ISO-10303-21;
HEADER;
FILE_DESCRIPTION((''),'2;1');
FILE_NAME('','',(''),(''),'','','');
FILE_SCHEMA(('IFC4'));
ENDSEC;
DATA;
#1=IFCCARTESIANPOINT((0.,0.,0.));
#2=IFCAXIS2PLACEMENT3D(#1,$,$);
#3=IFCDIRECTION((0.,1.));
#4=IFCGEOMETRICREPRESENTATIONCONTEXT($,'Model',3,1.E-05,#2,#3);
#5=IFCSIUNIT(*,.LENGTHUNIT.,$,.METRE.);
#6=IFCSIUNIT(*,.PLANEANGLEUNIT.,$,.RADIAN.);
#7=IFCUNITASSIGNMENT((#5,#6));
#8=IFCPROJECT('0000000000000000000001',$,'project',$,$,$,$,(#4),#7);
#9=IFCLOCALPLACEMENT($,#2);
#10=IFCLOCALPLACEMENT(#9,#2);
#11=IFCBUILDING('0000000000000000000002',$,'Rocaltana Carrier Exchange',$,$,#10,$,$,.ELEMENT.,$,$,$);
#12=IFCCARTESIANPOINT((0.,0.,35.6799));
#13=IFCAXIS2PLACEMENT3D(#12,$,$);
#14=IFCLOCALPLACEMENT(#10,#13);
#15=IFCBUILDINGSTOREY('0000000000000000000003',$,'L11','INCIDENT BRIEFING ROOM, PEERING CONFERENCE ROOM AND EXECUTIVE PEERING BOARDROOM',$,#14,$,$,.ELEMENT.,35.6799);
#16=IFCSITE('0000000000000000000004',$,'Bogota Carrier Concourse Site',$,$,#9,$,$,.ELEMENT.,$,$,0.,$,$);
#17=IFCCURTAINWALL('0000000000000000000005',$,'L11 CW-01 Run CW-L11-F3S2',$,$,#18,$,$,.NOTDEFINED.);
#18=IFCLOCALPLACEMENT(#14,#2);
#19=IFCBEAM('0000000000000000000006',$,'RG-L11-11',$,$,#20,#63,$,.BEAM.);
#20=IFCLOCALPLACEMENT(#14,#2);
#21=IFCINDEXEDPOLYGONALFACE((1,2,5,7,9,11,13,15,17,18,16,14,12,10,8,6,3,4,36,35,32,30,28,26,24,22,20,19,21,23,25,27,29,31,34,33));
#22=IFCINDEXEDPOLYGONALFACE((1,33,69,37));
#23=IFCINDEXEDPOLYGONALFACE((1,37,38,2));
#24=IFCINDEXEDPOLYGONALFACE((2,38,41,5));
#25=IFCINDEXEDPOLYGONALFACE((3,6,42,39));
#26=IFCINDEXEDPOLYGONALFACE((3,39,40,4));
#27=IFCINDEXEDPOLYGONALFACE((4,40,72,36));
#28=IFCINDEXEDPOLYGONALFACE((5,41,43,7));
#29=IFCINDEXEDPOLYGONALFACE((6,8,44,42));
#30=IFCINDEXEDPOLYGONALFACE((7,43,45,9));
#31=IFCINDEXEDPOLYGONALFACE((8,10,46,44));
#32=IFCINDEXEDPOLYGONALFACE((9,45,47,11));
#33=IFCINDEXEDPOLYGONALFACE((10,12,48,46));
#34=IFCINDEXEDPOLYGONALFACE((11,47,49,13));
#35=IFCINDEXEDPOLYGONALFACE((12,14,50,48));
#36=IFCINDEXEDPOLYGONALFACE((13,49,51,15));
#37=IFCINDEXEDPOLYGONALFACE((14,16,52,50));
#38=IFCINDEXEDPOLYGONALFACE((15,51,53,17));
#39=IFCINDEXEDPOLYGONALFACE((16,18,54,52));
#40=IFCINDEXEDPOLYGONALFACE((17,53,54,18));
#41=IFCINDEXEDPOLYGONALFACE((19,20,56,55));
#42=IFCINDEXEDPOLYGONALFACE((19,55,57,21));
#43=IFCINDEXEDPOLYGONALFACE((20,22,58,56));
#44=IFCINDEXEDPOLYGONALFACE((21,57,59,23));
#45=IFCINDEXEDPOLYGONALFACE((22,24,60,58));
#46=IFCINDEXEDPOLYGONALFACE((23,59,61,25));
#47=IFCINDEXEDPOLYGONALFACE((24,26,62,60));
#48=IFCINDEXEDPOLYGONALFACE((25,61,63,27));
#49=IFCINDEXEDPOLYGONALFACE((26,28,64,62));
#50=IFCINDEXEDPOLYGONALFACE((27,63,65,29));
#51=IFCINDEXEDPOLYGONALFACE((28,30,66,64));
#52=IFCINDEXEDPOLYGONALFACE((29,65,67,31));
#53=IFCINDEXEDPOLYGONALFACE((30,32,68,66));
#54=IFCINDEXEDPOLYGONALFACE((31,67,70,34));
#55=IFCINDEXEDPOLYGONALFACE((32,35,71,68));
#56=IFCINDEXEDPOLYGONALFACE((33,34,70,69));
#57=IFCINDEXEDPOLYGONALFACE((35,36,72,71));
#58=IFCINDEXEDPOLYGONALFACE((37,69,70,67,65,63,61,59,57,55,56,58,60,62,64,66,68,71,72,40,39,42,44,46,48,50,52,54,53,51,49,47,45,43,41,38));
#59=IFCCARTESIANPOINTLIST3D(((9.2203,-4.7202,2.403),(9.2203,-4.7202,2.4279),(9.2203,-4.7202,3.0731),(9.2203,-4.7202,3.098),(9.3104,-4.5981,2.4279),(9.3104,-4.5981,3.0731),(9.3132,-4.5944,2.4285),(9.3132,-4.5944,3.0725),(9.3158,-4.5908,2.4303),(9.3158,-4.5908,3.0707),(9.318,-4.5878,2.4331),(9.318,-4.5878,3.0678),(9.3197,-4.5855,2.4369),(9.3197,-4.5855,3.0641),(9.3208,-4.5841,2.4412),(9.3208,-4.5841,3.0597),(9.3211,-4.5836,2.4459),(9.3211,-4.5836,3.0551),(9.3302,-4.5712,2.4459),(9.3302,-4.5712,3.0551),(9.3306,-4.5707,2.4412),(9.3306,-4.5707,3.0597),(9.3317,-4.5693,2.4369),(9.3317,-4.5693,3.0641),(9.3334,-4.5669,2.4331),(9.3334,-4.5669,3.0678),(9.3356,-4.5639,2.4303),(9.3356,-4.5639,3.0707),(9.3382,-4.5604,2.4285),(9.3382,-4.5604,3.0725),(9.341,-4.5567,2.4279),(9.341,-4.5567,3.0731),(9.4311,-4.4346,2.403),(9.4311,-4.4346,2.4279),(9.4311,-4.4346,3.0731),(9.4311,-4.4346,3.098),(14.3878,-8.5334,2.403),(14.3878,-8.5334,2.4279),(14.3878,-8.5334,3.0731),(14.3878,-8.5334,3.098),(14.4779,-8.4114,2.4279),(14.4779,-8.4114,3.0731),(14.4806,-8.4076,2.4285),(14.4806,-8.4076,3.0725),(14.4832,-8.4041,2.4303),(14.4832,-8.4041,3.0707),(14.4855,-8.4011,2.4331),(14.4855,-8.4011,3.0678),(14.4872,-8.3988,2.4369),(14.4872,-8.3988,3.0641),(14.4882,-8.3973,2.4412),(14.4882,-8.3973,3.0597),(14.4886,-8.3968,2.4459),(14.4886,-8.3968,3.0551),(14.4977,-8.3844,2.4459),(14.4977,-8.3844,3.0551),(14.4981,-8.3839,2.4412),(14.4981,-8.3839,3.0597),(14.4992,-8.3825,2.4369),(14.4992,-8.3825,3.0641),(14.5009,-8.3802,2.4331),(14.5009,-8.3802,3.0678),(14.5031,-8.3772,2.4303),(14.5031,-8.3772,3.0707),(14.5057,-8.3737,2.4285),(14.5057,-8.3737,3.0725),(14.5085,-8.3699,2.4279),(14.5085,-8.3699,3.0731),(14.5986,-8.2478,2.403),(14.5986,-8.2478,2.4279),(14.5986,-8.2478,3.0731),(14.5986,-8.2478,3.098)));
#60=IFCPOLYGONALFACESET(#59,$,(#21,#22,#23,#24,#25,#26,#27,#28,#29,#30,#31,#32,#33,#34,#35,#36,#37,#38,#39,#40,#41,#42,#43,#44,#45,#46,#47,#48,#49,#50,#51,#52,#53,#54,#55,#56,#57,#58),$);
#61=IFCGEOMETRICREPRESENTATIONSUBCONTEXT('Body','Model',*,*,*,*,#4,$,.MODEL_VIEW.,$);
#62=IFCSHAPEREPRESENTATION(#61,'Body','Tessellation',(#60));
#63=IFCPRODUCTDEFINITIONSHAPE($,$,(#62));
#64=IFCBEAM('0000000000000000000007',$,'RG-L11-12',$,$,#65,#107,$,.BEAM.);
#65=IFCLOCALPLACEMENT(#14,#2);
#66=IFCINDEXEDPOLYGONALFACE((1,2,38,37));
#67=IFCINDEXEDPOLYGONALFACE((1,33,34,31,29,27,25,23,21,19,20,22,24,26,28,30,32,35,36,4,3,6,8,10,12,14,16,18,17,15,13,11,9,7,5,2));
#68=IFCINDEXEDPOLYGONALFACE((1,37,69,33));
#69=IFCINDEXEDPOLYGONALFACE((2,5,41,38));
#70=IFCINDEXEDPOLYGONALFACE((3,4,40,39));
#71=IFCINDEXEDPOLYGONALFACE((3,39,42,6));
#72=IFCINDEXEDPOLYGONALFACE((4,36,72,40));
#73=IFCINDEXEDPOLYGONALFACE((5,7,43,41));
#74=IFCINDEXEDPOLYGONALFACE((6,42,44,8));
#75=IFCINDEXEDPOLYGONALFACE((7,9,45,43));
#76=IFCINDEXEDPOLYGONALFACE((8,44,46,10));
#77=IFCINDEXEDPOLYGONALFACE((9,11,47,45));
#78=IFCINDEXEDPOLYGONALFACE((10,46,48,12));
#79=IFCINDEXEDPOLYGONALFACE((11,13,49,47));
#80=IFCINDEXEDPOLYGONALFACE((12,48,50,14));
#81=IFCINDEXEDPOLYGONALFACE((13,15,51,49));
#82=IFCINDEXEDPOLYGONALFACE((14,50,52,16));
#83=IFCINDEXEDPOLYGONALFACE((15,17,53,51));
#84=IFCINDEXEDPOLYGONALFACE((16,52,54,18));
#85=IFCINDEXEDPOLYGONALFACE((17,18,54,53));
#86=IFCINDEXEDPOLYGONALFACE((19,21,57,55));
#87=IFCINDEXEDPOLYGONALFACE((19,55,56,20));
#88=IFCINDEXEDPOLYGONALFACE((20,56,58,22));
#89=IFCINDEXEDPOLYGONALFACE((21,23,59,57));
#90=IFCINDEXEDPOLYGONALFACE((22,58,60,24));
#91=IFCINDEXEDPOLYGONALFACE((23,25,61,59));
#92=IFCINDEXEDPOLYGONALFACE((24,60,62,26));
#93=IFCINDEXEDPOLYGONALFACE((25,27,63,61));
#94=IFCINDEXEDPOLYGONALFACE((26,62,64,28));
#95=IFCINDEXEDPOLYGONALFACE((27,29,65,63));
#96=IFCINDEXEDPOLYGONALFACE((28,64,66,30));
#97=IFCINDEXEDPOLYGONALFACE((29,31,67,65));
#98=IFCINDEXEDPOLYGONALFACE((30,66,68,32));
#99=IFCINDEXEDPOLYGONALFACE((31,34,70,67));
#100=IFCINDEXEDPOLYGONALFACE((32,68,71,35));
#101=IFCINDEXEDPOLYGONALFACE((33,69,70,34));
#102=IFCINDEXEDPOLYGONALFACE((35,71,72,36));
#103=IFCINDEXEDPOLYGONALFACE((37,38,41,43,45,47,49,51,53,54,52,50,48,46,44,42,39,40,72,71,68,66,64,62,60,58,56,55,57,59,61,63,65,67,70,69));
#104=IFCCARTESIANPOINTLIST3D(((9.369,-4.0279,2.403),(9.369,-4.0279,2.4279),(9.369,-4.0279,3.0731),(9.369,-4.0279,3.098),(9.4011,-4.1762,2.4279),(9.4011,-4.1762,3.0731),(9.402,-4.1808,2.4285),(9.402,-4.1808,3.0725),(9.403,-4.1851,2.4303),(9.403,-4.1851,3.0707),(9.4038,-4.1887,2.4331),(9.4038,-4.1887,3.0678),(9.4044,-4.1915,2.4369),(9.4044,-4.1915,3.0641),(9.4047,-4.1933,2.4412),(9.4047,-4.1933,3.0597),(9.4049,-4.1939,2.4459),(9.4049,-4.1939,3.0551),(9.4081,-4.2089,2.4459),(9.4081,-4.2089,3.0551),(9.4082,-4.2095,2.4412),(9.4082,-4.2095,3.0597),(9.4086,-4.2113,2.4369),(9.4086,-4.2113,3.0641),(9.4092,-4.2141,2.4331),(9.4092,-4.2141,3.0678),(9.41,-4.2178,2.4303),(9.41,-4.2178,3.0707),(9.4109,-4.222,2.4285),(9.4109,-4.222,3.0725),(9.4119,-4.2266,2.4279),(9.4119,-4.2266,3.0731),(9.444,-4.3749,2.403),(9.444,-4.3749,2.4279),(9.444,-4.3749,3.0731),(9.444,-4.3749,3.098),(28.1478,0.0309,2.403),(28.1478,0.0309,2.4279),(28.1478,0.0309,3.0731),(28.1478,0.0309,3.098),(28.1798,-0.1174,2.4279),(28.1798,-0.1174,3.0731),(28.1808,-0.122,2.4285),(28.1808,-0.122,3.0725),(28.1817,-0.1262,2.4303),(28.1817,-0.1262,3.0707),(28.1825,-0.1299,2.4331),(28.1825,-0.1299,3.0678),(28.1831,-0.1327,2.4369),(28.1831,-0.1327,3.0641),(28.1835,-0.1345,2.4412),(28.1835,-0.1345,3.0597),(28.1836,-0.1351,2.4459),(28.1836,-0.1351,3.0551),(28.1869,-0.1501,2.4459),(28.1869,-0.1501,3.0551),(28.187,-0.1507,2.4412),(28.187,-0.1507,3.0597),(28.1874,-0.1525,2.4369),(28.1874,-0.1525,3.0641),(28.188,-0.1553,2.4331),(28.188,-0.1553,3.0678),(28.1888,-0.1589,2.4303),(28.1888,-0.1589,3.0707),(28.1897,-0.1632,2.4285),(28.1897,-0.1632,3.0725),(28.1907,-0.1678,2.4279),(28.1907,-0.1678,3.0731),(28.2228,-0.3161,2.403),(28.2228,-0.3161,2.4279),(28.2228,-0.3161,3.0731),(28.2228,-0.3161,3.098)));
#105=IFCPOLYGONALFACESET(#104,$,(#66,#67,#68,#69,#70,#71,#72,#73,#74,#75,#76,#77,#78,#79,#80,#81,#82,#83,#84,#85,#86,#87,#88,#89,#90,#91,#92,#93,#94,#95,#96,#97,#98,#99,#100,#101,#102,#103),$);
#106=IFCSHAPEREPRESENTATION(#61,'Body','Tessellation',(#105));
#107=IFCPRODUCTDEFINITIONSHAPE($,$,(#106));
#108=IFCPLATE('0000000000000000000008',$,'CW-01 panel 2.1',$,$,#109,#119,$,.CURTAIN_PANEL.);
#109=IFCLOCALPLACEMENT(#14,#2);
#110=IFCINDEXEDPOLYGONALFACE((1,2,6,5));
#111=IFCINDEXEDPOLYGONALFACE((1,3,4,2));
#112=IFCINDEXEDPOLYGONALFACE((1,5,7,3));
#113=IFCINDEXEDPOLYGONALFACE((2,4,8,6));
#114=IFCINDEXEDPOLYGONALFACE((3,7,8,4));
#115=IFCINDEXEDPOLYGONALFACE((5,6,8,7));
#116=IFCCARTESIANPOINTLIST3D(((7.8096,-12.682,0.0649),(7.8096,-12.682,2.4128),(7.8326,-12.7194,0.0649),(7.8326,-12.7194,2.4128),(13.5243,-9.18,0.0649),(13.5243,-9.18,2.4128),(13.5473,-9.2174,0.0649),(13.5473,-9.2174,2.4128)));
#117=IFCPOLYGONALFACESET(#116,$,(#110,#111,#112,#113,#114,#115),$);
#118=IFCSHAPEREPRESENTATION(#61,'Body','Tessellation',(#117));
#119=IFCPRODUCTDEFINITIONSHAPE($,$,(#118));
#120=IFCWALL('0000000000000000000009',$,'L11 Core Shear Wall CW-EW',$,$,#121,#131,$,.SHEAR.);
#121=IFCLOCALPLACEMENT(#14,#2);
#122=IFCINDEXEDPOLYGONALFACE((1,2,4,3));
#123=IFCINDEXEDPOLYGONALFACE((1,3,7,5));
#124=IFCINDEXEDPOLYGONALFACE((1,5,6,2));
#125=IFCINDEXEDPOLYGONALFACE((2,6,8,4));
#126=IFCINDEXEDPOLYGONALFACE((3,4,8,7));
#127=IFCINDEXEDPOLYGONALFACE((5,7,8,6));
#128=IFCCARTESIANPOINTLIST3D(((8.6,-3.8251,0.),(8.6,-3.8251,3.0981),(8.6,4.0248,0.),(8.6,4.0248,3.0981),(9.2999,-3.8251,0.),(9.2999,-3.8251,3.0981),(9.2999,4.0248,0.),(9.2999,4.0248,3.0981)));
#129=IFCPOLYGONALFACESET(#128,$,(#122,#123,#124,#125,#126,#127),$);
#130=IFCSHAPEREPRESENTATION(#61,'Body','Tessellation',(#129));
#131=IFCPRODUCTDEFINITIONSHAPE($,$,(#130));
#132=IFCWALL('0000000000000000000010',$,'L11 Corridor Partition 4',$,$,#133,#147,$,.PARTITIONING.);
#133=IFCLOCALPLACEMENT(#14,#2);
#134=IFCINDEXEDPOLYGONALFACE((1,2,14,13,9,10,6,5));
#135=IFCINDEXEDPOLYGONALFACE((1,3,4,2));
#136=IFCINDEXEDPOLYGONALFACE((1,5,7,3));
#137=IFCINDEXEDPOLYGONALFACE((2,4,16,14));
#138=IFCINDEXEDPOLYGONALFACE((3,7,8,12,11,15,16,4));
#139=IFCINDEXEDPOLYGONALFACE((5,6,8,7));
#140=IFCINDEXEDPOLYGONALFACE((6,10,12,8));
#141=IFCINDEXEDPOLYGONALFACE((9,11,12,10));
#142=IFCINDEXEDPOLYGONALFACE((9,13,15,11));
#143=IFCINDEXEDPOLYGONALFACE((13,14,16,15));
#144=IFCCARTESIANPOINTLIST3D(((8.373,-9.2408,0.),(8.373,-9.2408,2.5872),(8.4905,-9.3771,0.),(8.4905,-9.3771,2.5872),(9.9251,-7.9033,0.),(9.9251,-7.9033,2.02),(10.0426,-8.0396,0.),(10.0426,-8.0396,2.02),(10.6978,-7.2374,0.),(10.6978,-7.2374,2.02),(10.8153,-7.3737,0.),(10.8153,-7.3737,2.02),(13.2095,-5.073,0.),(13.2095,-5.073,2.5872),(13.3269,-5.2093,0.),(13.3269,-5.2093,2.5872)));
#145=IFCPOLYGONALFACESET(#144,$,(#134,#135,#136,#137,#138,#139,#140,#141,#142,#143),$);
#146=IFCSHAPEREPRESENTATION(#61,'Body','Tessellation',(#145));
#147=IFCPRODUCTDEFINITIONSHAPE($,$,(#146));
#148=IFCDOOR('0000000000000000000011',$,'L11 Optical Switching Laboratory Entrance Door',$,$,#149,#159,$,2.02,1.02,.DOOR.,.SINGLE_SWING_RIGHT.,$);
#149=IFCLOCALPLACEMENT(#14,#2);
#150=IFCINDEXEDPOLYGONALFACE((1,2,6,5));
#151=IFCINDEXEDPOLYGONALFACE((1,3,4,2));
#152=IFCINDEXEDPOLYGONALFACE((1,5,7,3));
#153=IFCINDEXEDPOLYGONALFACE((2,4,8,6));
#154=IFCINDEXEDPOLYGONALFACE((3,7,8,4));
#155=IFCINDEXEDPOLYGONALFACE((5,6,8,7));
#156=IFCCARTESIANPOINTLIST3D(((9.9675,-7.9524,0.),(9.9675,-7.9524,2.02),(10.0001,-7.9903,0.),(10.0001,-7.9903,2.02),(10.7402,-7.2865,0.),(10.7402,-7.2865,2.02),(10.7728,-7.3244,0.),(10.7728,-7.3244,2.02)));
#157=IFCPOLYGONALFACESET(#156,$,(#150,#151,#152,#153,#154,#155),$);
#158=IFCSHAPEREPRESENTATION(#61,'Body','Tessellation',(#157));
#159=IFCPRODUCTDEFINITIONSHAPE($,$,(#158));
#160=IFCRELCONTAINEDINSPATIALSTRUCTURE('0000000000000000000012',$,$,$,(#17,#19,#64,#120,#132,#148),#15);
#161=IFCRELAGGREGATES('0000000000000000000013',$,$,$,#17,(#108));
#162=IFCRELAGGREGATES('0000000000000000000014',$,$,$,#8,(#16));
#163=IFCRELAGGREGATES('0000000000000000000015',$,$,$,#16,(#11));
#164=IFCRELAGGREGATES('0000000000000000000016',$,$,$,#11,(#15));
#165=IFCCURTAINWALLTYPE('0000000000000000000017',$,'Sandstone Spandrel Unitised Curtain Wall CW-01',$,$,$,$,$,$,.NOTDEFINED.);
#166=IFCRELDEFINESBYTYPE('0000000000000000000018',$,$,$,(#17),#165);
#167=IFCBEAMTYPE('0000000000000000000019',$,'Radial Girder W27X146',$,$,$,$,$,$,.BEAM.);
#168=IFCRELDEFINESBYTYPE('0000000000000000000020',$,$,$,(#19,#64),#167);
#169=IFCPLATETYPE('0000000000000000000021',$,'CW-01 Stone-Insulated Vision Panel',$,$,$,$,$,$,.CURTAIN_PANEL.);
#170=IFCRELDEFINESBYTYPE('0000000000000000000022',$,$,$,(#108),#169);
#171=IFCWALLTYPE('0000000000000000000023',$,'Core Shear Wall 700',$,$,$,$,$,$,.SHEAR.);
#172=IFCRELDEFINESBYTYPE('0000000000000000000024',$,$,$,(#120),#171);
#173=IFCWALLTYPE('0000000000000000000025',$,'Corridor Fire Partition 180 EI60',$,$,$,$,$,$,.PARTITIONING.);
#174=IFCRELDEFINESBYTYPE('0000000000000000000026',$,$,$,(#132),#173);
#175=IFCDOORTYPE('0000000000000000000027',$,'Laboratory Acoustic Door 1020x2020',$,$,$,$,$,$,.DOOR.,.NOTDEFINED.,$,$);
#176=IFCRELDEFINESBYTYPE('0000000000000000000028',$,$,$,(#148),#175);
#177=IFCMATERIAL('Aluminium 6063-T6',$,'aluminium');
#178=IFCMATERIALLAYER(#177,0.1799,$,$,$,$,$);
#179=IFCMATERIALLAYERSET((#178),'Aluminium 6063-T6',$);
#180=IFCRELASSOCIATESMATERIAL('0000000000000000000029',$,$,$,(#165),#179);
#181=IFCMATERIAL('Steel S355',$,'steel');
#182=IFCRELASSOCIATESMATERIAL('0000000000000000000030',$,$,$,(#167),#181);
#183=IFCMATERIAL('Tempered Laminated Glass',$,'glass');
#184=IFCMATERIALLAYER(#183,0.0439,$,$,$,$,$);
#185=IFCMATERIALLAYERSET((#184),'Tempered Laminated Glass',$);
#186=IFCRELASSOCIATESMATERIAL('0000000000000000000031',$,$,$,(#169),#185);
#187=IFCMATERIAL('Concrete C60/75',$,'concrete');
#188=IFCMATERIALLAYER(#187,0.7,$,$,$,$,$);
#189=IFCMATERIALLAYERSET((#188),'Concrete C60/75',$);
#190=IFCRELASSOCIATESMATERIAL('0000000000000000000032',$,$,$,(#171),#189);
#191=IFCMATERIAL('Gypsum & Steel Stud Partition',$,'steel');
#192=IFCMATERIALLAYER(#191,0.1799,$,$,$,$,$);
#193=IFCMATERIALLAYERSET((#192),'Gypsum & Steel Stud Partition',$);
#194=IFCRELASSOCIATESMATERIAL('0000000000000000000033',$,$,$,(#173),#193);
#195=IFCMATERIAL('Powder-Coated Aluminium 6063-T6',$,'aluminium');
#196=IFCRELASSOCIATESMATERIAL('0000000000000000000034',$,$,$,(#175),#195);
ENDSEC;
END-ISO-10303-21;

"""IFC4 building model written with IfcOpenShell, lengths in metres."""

from ifc_helpers import new_model, si_unit, direction, frame, frame_2d, origin, origin_2d, place, context, subcontext, project, spatial, rectangle, i_section, extrude, material, layer, layer_set, material_profile, profile_set, type_object, element, fill, aggregate, save


model = new_model("IFC4")

# Units and contexts
model_context = context("Model", 3, precision=1e-05, world=origin(), true_north=direction((0.0, 1.0)))
body_context = subcontext(model_context, "Body", "Model", "MODEL_VIEW")
ifc_project = project(units=[si_unit("LENGTHUNIT", "METRE"), si_unit("PLANEANGLEUNIT", "RADIAN")], contexts=[model_context])

# Site, building, storey
site_placement = place(None, origin())
site = spatial("IfcSite", under=ifc_project, at=site_placement, Name="Bogota Carrier Concourse Site", CompositionType="ELEMENT", RefElevation=0.0)
building_placement = place(site_placement, origin())
building = spatial("IfcBuilding", under=site, at=building_placement, Name="Rocaltana Carrier Exchange", CompositionType="ELEMENT")
storey_placement = place(building_placement, frame((0.0, 0.0, 35.6799)))
storey = spatial("IfcBuildingStorey", under=building, at=storey_placement, Name="L11", Description="INCIDENT BRIEFING ROOM, PEERING CONFERENCE ROOM AND EXECUTIVE PEERING BOARDROOM", CompositionType="ELEMENT", Elevation=35.6799)

# Curtain wall
ifc_material_1 = material(Name="Aluminium 6063-T6", Category="aluminium")
ifc_layer_1 = layer(ifc_material_1, 0.1799)
ifc_layer_set_1 = layer_set([ifc_layer_1], Name="Aluminium 6063-T6")
curtain_wall_type = type_object("IfcCurtainWallType", Name="Sandstone Spandrel Unitised Curtain Wall CW-01", PredefinedType="NOTDEFINED", material=ifc_layer_set_1)
curtain_wall_placement = place(storey_placement, origin())
curtain_wall = element("IfcCurtainWall", 1, at=curtain_wall_placement, inside=storey, type_object=curtain_wall_type, Name="L11 CW-01 Run CW-L11-F3S2", PredefinedType="NOTDEFINED")

# Beams
ifc_material_2 = material(Name="Steel S355", Category="steel")
ifc_material_profile_1 = material_profile(ifc_material_2, i_section(OverallWidth=0.355, OverallDepth=0.6951, WebThickness=0.0154, FlangeThickness=0.0249, FilletRadius=0.0181, at=origin_2d()), Name="W27X146")
ifc_profile_set_1 = profile_set([ifc_material_profile_1], Name="Steel S355")
beam_type_1 = type_object("IfcBeamType", Name="Radial Girder W27X146", PredefinedType="BEAM", material=ifc_profile_set_1)
beam_1_placement = place(storey_placement, frame((9.3257, -4.5774, 2.7505), z_axis=(0.804638, -0.593766, 0.0), x_axis=(0.593766, 0.804638, 0.0)))
element("IfcBeam", 2, at=beam_1_placement, inside=storey, type_object=beam_type_1, Name="RG-L11-11", PredefinedType="BEAM", context=body_context, shape_type="SweptSolid", body=[
    extrude(i_section(OverallWidth=0.355, OverallDepth=0.6951, WebThickness=0.0154, FlangeThickness=0.0249, FilletRadius=0.0181, at=origin_2d()), origin(), (0.0, 0.0, 1.0), 6.4221),
])
beam_2_placement = place(storey_placement, frame((9.4065, -4.2014, 2.7505), z_axis=(0.97743, 0.211261, 0.0), x_axis=(-0.211261, 0.97743, 0.0)))
element("IfcBeam", 3, at=beam_2_placement, inside=storey, type_object=beam_type_1, Name="RG-L11-12", PredefinedType="BEAM", context=body_context, shape_type="SweptSolid", body=[
    extrude(i_section(OverallWidth=0.355, OverallDepth=0.6951, WebThickness=0.0154, FlangeThickness=0.0249, FilletRadius=0.0181, at=origin_2d()), origin(), (0.0, 0.0, 1.0), 19.2124),
])

# Plate
ifc_material_3 = material(Name="Tempered Laminated Glass", Category="glass")
ifc_layer_2 = layer(ifc_material_3, 0.0439)
ifc_layer_set_2 = layer_set([ifc_layer_2], Name="Tempered Laminated Glass")
plate_type = type_object("IfcPlateType", Name="CW-01 Stone-Insulated Vision Panel", PredefinedType="CURTAIN_PANEL", material=ifc_layer_set_2)
plate_placement = place(storey_placement, frame((10.6785, -10.9497, 0.0649), z_axis=(0.0, 0.0, 1.0), x_axis=(0.852639, 0.5225, 0.0)))
plate = element("IfcPlate", 4, at=plate_placement, type_object=plate_type, Name="CW-01 panel 2.1", PredefinedType="CURTAIN_PANEL", context=body_context, shape_type="SweptSolid", body=[
    extrude(rectangle(XDim=6.7024, YDim=0.0439, at=origin_2d()), origin(), (0.0, 0.0, 1.0), 2.3479),
])
aggregate(curtain_wall, [plate])

# Wall
ifc_material_4 = material(Name="Concrete C60/75", Category="concrete")
ifc_layer_3 = layer(ifc_material_4, 0.7)
ifc_layer_set_3 = layer_set([ifc_layer_3], Name="Concrete C60/75")
wall_type_1 = type_object("IfcWallType", Name="Core Shear Wall 700", PredefinedType="SHEAR", material=ifc_layer_set_3)
wall_1_placement = place(storey_placement, frame((8.95, -3.825, 0.0), z_axis=(0.0, 0.0, 1.0), x_axis=(0.0, 1.0, 0.0)))
element("IfcWall", 5, at=wall_1_placement, inside=storey, type_object=wall_type_1, Name="L11 Core Shear Wall CW-EW", PredefinedType="SHEAR", context=body_context, shape_type="SweptSolid", body=[
    extrude(rectangle(XDim=7.8499, YDim=0.7, at=frame_2d((3.9248, 0.0))), origin(), (0.0, 0.0, 1.0), 3.0981),
])

# Wall, opening, door
ifc_material_5 = material(Name="Gypsum & Steel Stud Partition", Category="steel")
ifc_layer_4 = layer(ifc_material_5, 0.1799)
ifc_layer_set_4 = layer_set([ifc_layer_4], Name="Gypsum & Steel Stud Partition")
wall_type_2 = type_object("IfcWallType", Name="Corridor Fire Partition 180 EI60", PredefinedType="PARTITIONING", material=ifc_layer_set_4)
wall_2_placement = place(storey_placement, frame((13.2683, -5.1411, 0.0), z_axis=(0.0, 0.0, 1.0), x_axis=(-0.757535, -0.652795, 0.0)))
wall_2 = element("IfcWall", 6, at=wall_2_placement, inside=storey, type_object=wall_type_2, Name="L11 Corridor Partition 4", PredefinedType="PARTITIONING", context=body_context, shape_type="SweptSolid", body=[
    extrude(rectangle(XDim=6.3845, YDim=0.1799, at=frame_2d((3.1924, 0.0))), origin(), (0.0, 0.0, 1.0), 2.5872),
])
opening_1_placement = place(wall_2_placement, frame((3.3157, 0.0, 0.0)))
opening_1 = element("IfcOpeningElement", 7, at=opening_1_placement, cuts=wall_2, PredefinedType="OPENING", context=body_context, shape_type="SweptSolid", body=[
    extrude(rectangle(XDim=1.02, YDim=2.02, at=frame_2d((0.51, 1.01))), frame((0.0, 0.0999, 0.0), z_axis=(0.0, -1.0, 0.0), x_axis=(1.0, 0.0, 0.0)), (0.0, 0.0, 1.0), 0.2),
])
ifc_material_6 = material(Name="Powder-Coated Aluminium 6063-T6", Category="aluminium")
door_type_1 = type_object("IfcDoorType", Name="Laboratory Acoustic Door 1020x2020", OperationType="NOTDEFINED", PredefinedType="DOOR", material=ifc_material_6)
door_1_placement = place(opening_1_placement, origin())
door_1 = element("IfcDoor", 8, at=door_1_placement, inside=storey, type_object=door_type_1, Name="L11 Optical Switching Laboratory Entrance Door", OperationType="SINGLE_SWING_RIGHT", OverallHeight=2.02, OverallWidth=1.02, PredefinedType="DOOR", context=body_context, shape_type="SweptSolid", body=[
    extrude(rectangle(XDim=1.02, YDim=2.02, at=frame_2d((0.51, 1.01))), frame((0.0, 0.0249, 0.0), z_axis=(0.0, -1.0, 0.0), x_axis=(1.0, 0.0, 0.0)), (0.0, 0.0, 1.0), 0.05),
])
fill(opening_1, door_1)

save(model, "model.ifc")
